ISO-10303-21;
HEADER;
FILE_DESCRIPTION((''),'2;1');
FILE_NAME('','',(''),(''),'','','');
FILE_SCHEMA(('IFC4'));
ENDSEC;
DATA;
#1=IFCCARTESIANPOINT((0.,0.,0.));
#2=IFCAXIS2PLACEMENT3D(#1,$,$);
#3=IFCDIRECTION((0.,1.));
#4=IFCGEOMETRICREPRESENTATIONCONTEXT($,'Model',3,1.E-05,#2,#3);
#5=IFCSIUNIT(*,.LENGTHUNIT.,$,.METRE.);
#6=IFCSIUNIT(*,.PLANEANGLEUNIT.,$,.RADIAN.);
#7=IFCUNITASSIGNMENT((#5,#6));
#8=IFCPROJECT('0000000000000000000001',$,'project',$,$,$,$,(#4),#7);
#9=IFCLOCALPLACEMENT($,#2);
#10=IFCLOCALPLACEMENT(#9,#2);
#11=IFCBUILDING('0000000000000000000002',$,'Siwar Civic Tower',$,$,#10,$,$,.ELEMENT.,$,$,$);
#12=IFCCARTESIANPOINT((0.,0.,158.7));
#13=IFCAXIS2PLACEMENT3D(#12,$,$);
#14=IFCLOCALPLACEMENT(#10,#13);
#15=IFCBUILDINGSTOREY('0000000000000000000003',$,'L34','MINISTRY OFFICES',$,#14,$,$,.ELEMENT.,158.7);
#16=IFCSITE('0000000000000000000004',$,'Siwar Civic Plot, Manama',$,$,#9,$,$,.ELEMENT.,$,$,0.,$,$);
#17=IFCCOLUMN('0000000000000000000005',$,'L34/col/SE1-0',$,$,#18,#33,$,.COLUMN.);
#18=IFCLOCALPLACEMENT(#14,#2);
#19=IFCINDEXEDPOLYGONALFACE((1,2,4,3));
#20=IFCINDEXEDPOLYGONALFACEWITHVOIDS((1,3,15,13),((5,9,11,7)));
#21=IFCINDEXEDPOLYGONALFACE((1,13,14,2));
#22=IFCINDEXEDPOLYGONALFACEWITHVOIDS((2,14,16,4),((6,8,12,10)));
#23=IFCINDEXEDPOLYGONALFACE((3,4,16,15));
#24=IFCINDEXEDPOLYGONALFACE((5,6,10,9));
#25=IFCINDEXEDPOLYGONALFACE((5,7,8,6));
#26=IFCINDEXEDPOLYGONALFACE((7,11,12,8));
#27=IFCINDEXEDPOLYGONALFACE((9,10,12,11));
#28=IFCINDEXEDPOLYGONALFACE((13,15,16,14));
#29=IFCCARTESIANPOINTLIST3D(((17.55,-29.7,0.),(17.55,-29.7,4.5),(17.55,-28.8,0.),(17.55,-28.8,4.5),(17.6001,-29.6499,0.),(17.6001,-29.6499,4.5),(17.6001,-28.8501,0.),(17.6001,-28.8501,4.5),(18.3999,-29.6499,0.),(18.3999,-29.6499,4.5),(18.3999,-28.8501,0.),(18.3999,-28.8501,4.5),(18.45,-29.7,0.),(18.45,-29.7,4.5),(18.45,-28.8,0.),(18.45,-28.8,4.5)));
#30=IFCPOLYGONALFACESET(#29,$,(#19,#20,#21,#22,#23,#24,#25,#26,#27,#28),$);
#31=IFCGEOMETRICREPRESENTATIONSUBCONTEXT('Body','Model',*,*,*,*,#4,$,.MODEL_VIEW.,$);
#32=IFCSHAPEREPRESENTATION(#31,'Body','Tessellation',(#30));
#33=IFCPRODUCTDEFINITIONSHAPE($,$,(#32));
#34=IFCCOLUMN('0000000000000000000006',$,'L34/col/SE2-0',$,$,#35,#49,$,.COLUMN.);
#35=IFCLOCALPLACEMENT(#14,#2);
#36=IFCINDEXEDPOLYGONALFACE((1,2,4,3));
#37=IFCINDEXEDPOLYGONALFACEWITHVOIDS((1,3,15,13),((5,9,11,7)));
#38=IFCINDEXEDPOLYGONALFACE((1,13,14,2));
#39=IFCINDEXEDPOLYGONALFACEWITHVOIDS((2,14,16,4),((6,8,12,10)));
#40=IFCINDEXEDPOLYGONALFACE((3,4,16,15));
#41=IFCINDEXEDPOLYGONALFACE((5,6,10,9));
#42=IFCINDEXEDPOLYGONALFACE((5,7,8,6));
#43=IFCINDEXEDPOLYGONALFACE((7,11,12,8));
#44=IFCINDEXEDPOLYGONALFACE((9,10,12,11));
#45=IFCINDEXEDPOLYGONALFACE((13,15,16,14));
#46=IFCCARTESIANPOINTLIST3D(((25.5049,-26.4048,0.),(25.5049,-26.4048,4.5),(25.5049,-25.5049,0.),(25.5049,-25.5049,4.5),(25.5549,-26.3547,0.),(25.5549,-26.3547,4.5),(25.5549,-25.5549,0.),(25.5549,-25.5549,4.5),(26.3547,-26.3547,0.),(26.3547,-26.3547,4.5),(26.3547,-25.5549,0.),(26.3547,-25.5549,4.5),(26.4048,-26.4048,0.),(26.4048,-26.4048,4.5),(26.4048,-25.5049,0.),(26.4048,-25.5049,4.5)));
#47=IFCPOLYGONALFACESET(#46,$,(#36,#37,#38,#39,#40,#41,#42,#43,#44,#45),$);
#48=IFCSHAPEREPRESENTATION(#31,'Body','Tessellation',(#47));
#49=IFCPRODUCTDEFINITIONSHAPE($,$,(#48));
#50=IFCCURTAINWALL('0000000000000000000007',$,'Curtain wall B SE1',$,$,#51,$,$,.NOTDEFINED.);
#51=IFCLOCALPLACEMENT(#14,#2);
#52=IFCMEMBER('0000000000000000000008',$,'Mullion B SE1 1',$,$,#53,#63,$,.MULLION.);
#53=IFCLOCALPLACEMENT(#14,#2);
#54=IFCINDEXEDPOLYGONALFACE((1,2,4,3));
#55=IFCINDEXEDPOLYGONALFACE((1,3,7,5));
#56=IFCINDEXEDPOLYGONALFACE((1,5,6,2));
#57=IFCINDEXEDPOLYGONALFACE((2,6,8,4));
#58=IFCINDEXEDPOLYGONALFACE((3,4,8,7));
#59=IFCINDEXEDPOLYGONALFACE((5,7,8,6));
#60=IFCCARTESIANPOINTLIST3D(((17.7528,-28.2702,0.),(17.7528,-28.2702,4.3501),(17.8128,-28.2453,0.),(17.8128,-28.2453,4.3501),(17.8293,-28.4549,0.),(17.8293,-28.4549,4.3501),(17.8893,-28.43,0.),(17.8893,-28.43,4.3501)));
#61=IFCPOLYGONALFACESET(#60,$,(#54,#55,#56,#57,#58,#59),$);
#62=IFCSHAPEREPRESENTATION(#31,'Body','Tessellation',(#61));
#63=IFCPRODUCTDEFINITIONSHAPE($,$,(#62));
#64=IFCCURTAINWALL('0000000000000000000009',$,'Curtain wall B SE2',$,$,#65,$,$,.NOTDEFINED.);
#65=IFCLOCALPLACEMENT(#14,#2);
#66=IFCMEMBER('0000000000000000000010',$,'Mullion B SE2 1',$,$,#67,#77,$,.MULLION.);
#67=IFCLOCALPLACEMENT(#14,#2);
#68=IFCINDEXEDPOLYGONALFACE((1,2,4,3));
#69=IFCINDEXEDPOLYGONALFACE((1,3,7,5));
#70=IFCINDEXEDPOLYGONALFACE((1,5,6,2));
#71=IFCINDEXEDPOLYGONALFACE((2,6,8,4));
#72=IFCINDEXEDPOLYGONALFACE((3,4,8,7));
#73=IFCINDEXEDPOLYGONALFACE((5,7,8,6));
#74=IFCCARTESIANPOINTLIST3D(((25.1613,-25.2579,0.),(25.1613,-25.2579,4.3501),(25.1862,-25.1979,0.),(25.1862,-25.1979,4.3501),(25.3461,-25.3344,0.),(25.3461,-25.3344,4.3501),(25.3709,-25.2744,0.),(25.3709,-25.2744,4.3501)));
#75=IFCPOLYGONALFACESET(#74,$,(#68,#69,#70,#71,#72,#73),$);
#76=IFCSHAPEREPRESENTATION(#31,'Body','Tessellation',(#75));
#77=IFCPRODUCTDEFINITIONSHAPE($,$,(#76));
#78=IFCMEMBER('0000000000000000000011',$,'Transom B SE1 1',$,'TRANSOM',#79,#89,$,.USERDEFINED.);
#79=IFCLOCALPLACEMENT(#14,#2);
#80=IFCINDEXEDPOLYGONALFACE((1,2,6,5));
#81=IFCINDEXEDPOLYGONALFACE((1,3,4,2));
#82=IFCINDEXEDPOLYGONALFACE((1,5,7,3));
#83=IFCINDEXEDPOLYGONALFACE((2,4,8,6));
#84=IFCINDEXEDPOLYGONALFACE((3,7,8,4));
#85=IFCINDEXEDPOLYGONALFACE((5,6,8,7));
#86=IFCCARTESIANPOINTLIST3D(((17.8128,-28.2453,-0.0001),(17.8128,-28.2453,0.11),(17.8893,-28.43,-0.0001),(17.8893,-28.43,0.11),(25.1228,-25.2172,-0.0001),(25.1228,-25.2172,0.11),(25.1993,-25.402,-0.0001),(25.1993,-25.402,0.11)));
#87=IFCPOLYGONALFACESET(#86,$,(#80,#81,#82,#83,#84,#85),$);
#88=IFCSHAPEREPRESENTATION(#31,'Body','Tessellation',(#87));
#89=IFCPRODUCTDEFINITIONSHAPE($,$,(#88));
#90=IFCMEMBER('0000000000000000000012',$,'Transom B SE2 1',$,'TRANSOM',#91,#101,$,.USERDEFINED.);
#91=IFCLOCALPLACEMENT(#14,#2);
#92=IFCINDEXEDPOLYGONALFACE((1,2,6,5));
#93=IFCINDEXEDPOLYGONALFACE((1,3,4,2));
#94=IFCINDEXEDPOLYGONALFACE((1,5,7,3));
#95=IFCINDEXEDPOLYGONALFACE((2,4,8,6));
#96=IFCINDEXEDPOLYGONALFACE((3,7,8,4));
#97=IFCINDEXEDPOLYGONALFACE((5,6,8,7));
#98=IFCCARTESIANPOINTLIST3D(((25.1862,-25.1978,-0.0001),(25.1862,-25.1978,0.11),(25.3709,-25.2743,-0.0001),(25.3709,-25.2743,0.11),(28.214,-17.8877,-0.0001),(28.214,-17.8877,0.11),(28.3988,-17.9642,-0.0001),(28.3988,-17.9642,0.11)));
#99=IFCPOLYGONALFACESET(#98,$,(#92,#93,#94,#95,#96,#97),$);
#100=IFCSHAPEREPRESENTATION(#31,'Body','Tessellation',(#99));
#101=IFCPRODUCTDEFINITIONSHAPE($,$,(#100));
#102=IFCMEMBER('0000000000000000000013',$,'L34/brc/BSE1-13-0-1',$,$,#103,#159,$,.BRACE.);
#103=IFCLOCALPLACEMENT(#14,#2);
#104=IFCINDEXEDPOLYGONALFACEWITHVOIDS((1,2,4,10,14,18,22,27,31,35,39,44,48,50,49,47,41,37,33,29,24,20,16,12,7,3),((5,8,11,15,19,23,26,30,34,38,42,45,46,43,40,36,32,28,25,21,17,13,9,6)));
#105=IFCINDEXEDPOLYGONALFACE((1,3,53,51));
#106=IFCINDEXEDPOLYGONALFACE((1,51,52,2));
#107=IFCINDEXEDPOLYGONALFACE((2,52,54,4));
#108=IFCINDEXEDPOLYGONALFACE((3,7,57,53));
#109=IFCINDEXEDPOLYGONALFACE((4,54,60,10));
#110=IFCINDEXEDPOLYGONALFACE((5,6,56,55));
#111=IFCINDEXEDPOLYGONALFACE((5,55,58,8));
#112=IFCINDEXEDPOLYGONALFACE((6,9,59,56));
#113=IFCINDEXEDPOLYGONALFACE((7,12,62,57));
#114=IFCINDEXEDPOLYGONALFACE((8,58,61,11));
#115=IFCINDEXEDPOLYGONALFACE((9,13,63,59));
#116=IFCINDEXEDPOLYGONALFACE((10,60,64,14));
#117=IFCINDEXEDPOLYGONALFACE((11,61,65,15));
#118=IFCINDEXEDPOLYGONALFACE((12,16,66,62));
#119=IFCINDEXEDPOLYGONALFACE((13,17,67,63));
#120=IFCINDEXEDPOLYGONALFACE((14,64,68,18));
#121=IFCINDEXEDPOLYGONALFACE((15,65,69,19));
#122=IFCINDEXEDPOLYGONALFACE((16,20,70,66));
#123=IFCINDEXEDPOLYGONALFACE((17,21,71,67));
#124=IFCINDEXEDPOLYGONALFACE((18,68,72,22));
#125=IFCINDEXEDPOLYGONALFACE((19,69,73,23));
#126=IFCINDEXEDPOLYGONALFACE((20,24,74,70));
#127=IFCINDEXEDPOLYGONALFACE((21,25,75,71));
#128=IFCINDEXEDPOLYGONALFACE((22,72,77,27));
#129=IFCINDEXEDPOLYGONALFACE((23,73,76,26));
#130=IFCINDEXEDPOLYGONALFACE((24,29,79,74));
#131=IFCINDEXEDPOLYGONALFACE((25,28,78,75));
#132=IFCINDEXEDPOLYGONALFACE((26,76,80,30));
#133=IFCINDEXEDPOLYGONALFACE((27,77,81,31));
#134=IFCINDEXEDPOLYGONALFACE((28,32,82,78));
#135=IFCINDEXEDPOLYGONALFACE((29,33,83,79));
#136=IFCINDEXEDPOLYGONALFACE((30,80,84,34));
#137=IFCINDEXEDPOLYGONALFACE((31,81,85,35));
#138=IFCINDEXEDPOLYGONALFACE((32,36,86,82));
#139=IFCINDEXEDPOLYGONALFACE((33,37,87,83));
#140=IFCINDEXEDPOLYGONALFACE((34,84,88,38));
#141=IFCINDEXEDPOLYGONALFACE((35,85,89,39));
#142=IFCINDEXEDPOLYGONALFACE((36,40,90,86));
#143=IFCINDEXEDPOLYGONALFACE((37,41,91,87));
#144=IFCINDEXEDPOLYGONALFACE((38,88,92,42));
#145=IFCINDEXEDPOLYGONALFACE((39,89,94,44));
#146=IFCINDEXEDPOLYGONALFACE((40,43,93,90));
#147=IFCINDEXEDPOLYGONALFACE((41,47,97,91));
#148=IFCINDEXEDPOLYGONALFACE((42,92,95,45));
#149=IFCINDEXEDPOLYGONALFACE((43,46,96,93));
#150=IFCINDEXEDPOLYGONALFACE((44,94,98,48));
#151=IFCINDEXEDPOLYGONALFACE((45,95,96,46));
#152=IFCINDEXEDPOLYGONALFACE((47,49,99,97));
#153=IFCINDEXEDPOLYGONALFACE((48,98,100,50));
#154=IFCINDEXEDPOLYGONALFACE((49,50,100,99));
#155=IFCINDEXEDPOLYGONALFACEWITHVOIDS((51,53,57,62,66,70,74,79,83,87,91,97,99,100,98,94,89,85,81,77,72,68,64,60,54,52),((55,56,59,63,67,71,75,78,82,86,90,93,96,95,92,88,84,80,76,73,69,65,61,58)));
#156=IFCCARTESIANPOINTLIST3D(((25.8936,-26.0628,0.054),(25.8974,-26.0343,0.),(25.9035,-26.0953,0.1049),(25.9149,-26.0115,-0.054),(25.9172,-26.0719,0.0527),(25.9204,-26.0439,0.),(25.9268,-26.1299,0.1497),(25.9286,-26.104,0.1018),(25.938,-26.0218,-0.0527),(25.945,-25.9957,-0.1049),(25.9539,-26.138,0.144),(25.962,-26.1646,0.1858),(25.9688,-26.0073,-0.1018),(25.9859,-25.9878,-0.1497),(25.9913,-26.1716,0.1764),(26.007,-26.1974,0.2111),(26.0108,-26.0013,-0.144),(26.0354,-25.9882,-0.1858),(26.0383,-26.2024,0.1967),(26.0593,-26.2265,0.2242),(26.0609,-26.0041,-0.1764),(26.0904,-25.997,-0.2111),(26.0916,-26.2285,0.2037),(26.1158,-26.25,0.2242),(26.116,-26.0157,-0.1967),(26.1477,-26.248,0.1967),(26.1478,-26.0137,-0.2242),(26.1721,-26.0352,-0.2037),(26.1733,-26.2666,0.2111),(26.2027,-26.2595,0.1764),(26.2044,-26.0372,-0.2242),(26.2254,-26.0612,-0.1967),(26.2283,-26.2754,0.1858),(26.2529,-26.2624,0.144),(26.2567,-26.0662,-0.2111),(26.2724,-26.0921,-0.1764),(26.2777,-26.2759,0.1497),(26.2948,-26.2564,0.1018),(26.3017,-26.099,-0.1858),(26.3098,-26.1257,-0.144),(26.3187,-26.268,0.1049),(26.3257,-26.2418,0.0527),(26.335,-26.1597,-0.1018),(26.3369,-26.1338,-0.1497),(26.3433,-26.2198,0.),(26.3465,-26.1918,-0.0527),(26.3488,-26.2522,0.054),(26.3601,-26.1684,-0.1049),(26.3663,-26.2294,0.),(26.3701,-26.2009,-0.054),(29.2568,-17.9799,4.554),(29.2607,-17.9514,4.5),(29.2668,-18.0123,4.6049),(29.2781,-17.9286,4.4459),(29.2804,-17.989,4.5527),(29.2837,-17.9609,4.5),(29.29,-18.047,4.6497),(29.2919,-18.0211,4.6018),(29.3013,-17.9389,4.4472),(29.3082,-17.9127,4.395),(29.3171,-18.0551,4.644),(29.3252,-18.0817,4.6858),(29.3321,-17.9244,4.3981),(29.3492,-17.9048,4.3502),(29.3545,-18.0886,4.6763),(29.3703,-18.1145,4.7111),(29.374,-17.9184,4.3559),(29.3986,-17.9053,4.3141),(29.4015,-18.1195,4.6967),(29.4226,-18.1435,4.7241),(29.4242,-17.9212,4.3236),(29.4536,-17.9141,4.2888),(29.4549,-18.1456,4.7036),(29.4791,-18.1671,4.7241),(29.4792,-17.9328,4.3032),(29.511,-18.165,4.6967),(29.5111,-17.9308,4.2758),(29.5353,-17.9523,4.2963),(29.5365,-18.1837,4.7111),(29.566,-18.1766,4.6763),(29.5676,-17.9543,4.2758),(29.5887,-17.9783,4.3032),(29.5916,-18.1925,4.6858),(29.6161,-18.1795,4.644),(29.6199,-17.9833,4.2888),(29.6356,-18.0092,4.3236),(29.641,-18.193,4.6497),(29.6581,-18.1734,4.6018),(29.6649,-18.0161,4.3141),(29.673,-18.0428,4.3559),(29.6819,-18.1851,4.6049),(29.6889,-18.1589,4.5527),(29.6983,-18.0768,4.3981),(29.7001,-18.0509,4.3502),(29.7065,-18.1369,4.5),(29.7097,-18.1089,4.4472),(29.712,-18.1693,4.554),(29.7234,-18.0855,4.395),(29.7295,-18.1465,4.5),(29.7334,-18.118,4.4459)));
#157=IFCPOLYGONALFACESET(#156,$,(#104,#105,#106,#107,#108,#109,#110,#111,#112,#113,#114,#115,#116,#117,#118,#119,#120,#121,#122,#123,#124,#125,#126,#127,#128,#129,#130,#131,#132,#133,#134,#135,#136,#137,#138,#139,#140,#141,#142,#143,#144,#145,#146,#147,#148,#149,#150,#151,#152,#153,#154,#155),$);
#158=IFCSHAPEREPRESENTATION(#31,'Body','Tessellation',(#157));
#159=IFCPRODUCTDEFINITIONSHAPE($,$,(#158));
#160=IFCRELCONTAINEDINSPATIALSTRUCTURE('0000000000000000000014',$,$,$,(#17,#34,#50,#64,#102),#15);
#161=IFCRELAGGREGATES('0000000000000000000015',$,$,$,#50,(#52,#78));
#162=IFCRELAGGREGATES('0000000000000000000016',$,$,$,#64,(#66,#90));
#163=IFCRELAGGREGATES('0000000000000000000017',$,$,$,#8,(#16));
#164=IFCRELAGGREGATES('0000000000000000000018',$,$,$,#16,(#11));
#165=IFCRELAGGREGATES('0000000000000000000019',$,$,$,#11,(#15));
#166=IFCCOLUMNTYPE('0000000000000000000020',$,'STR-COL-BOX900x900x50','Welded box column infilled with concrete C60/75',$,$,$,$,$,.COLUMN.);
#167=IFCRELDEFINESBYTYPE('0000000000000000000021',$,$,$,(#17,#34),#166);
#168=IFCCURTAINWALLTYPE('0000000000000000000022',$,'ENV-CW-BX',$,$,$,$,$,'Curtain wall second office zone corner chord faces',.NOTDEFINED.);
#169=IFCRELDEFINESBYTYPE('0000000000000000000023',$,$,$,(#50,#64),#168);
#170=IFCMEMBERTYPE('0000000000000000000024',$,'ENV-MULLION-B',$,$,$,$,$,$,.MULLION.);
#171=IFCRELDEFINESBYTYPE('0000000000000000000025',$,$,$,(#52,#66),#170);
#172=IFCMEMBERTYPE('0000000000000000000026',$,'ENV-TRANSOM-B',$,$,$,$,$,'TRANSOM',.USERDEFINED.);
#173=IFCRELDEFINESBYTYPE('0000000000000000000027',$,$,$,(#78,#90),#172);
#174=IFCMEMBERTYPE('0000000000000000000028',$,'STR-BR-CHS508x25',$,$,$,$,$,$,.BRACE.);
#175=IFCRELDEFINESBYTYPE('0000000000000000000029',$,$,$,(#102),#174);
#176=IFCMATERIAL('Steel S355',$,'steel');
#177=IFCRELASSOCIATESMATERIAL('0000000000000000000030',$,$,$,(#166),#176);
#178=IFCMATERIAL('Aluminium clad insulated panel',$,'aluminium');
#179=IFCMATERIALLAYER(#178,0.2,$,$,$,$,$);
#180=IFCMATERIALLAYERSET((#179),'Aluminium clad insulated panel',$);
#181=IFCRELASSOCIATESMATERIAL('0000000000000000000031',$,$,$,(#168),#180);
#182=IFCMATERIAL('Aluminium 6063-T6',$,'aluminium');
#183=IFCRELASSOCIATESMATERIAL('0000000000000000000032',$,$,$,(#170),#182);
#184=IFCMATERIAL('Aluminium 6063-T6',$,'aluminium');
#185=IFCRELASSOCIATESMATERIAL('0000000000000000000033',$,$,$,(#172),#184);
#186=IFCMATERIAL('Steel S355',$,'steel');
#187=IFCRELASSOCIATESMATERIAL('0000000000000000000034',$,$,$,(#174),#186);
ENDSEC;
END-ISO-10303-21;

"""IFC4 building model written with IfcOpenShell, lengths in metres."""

from ifc_helpers import new_model, si_unit, direction, frame, origin, origin_2d, place, context, subcontext, project, spatial, rectangle, hollow_rectangle, hollow_circle, extrude, material, layer, layer_set, material_profile, profile_set, type_object, element, aggregate, save


model = new_model("IFC4")

# Units and contexts
model_context = context("Model", 3, precision=1e-05, world=origin(), true_north=direction((0.0, 1.0)))
body_context = subcontext(model_context, "Body", "Model", "MODEL_VIEW")
ifc_project = project(units=[si_unit("LENGTHUNIT", "METRE"), si_unit("PLANEANGLEUNIT", "RADIAN")], contexts=[model_context])

# Site, building, storey
site_placement = place(None, origin())
site = spatial("IfcSite", under=ifc_project, at=site_placement, Name="Siwar Civic Plot, Manama", CompositionType="ELEMENT", RefElevation=0.0)
building_placement = place(site_placement, origin())
building = spatial("IfcBuilding", under=site, at=building_placement, Name="Siwar Civic Tower", CompositionType="ELEMENT")
storey_placement = place(building_placement, frame((0.0, 0.0, 158.7)))
storey = spatial("IfcBuildingStorey", under=building, at=storey_placement, Name="L34", Description="MINISTRY OFFICES", CompositionType="ELEMENT", Elevation=158.7)

# Columns
ifc_material_1 = material(Name="Steel S355", Category="steel")
ifc_material_profile_1 = material_profile(ifc_material_1, hollow_rectangle(XDim=0.8999, YDim=0.8999, WallThickness=0.05, at=origin_2d()), Name="BOX900x900x50")
ifc_profile_set_1 = profile_set([ifc_material_profile_1], Name="Steel S355")
column_type = type_object("IfcColumnType", Name="STR-COL-BOX900x900x50", Description="Welded box column infilled with concrete C60/75", PredefinedType="COLUMN", material=ifc_profile_set_1)
for number, where, z_axis, x_axis, name in (
    (1, (18.0, -29.25, 0.0), (0.0, 0.0, 1.0), (1.0, 0.0, 0.0), "L34/col/SE1-0"),
    (2, (25.9548, -25.9548, 0.0), (0.0, 0.0, 1.0), (1.0, 0.0, 0.0), "L34/col/SE2-0"),
):
    element("IfcColumn", number, at=place(storey_placement, frame(where, z_axis=z_axis, x_axis=x_axis)), inside=storey, type_object=column_type, Name=name, PredefinedType="COLUMN", context=body_context, shape_type="SweptSolid", body=[
        extrude(hollow_rectangle(XDim=0.8999, YDim=0.8999, WallThickness=0.05, at=origin_2d()), origin(), (0.0, 0.0, 1.0), 4.5),
    ])

# Curtain walls, members
ifc_material_2 = material(Name="Aluminium clad insulated panel", Category="aluminium")
ifc_layer_1 = layer(ifc_material_2, 0.2)
ifc_layer_set_1 = layer_set([ifc_layer_1], Name="Aluminium clad insulated panel")
curtain_wall_type = type_object("IfcCurtainWallType", Name="ENV-CW-BX", ElementType="Curtain wall second office zone corner chord faces", PredefinedType="NOTDEFINED", material=ifc_layer_set_1)
curtain_wall_1_placement = place(storey_placement, origin())
curtain_wall_1 = element("IfcCurtainWall", 3, at=curtain_wall_1_placement, inside=storey, type_object=curtain_wall_type, Name="Curtain wall B SE1", PredefinedType="NOTDEFINED")
ifc_material_3 = material(Name="Aluminium 6063-T6", Category="aluminium")
ifc_material_profile_2 = material_profile(ifc_material_3, rectangle(XDim=0.2, YDim=0.0649, at=origin_2d()), Name="AL 200x65")
ifc_profile_set_2 = profile_set([ifc_material_profile_2], Name="Aluminium 6063-T6")
member_type_1 = type_object("IfcMemberType", Name="ENV-MULLION-B", PredefinedType="MULLION", material=ifc_profile_set_2)
member_1_placement = place(storey_placement, frame((17.821, -28.3501, 0.0), z_axis=(0.0, 0.0, 1.0), x_axis=(-0.382683, 0.92388, 0.0)))
member_1 = element("IfcMember", 4, at=member_1_placement, type_object=member_type_1, Name="Mullion B SE1 1", PredefinedType="MULLION", context=body_context, shape_type="SweptSolid", body=[
    extrude(rectangle(XDim=0.2, YDim=0.0649, at=origin_2d()), origin(), (0.0, 0.0, 1.0), 4.3501),
])
curtain_wall_2_placement = place(storey_placement, origin())
curtain_wall_2 = element("IfcCurtainWall", 5, at=curtain_wall_2_placement, inside=storey, type_object=curtain_wall_type, Name="Curtain wall B SE2", PredefinedType="NOTDEFINED")
member_2_placement = place(storey_placement, frame((25.2661, -25.2661, 0.0), z_axis=(0.0, 0.0, 1.0), x_axis=(-0.92388, 0.382683, 0.0)))
member_2 = element("IfcMember", 6, at=member_2_placement, type_object=member_type_1, Name="Mullion B SE2 1", PredefinedType="MULLION", context=body_context, shape_type="SweptSolid", body=[
    extrude(rectangle(XDim=0.2, YDim=0.0649, at=origin_2d()), origin(), (0.0, 0.0, 1.0), 4.3501),
])

# Members
ifc_material_4 = material(Name="Aluminium 6063-T6", Category="aluminium")
ifc_material_profile_3 = material_profile(ifc_material_4, rectangle(XDim=0.2, YDim=0.1101, at=origin_2d()), Name="AL 200x110")
ifc_profile_set_3 = profile_set([ifc_material_profile_3], Name="Aluminium 6063-T6")
member_type_2 = type_object("IfcMemberType", Name="ENV-TRANSOM-B", ElementType="TRANSOM", PredefinedType="USERDEFINED", material=ifc_profile_set_3)
member_3_placement = place(storey_placement, frame((17.8511, -28.3376, 0.0549), z_axis=(0.923873, 0.3827, 0.0), x_axis=(-0.3827, 0.923873, 0.0)))
member_3 = element("IfcMember", 7, at=member_3_placement, type_object=member_type_2, Name="Transom B SE1 1", ObjectType="TRANSOM", PredefinedType="USERDEFINED", context=body_context, shape_type="SweptSolid", body=[
    extrude(rectangle(XDim=0.2, YDim=0.1101, at=origin_2d()), origin(), (0.0, 0.0, 1.0), 7.9124),
])
member_4_placement = place(storey_placement, frame((25.2786, -25.2361, 0.0549), z_axis=(0.382673, 0.923884, 0.0), x_axis=(-0.923884, 0.382673, 0.0)))
member_4 = element("IfcMember", 8, at=member_4_placement, type_object=member_type_2, Name="Transom B SE2 1", ObjectType="TRANSOM", PredefinedType="USERDEFINED", context=body_context, shape_type="SweptSolid", body=[
    extrude(rectangle(XDim=0.2, YDim=0.1101, at=origin_2d()), origin(), (0.0, 0.0, 1.0), 7.9124),
])

# Member
ifc_material_5 = material(Name="Steel S355", Category="steel")
ifc_material_profile_4 = material_profile(ifc_material_5, hollow_circle(Radius=0.2539, WallThickness=0.0249, at=origin_2d()), Name="CHS508x25")
ifc_profile_set_4 = profile_set([ifc_material_profile_4], Name="Steel S355")
member_type_3 = type_object("IfcMemberType", Name="STR-BR-CHS508x25", PredefinedType="BRACE", material=ifc_profile_set_4)
member_5_placement = place(storey_placement, frame((26.1318, -26.1318, 0.0), z_axis=(0.341671, 0.821143, 0.457149), x_axis=(-0.923265, 0.384164, 0.0)))
element("IfcMember", 9, at=member_5_placement, inside=storey, type_object=member_type_3, Name="L34/brc/BSE1-13-0-1", PredefinedType="BRACE", context=body_context, shape_type="SweptSolid", body=[
    extrude(hollow_circle(Radius=0.2539, WallThickness=0.0249, at=origin_2d()), origin(), (0.0, 0.0, 1.0), 9.8435),
])

aggregate(curtain_wall_1, [member_1, member_3])
aggregate(curtain_wall_2, [member_2, member_4])

save(model, "model.ifc")
